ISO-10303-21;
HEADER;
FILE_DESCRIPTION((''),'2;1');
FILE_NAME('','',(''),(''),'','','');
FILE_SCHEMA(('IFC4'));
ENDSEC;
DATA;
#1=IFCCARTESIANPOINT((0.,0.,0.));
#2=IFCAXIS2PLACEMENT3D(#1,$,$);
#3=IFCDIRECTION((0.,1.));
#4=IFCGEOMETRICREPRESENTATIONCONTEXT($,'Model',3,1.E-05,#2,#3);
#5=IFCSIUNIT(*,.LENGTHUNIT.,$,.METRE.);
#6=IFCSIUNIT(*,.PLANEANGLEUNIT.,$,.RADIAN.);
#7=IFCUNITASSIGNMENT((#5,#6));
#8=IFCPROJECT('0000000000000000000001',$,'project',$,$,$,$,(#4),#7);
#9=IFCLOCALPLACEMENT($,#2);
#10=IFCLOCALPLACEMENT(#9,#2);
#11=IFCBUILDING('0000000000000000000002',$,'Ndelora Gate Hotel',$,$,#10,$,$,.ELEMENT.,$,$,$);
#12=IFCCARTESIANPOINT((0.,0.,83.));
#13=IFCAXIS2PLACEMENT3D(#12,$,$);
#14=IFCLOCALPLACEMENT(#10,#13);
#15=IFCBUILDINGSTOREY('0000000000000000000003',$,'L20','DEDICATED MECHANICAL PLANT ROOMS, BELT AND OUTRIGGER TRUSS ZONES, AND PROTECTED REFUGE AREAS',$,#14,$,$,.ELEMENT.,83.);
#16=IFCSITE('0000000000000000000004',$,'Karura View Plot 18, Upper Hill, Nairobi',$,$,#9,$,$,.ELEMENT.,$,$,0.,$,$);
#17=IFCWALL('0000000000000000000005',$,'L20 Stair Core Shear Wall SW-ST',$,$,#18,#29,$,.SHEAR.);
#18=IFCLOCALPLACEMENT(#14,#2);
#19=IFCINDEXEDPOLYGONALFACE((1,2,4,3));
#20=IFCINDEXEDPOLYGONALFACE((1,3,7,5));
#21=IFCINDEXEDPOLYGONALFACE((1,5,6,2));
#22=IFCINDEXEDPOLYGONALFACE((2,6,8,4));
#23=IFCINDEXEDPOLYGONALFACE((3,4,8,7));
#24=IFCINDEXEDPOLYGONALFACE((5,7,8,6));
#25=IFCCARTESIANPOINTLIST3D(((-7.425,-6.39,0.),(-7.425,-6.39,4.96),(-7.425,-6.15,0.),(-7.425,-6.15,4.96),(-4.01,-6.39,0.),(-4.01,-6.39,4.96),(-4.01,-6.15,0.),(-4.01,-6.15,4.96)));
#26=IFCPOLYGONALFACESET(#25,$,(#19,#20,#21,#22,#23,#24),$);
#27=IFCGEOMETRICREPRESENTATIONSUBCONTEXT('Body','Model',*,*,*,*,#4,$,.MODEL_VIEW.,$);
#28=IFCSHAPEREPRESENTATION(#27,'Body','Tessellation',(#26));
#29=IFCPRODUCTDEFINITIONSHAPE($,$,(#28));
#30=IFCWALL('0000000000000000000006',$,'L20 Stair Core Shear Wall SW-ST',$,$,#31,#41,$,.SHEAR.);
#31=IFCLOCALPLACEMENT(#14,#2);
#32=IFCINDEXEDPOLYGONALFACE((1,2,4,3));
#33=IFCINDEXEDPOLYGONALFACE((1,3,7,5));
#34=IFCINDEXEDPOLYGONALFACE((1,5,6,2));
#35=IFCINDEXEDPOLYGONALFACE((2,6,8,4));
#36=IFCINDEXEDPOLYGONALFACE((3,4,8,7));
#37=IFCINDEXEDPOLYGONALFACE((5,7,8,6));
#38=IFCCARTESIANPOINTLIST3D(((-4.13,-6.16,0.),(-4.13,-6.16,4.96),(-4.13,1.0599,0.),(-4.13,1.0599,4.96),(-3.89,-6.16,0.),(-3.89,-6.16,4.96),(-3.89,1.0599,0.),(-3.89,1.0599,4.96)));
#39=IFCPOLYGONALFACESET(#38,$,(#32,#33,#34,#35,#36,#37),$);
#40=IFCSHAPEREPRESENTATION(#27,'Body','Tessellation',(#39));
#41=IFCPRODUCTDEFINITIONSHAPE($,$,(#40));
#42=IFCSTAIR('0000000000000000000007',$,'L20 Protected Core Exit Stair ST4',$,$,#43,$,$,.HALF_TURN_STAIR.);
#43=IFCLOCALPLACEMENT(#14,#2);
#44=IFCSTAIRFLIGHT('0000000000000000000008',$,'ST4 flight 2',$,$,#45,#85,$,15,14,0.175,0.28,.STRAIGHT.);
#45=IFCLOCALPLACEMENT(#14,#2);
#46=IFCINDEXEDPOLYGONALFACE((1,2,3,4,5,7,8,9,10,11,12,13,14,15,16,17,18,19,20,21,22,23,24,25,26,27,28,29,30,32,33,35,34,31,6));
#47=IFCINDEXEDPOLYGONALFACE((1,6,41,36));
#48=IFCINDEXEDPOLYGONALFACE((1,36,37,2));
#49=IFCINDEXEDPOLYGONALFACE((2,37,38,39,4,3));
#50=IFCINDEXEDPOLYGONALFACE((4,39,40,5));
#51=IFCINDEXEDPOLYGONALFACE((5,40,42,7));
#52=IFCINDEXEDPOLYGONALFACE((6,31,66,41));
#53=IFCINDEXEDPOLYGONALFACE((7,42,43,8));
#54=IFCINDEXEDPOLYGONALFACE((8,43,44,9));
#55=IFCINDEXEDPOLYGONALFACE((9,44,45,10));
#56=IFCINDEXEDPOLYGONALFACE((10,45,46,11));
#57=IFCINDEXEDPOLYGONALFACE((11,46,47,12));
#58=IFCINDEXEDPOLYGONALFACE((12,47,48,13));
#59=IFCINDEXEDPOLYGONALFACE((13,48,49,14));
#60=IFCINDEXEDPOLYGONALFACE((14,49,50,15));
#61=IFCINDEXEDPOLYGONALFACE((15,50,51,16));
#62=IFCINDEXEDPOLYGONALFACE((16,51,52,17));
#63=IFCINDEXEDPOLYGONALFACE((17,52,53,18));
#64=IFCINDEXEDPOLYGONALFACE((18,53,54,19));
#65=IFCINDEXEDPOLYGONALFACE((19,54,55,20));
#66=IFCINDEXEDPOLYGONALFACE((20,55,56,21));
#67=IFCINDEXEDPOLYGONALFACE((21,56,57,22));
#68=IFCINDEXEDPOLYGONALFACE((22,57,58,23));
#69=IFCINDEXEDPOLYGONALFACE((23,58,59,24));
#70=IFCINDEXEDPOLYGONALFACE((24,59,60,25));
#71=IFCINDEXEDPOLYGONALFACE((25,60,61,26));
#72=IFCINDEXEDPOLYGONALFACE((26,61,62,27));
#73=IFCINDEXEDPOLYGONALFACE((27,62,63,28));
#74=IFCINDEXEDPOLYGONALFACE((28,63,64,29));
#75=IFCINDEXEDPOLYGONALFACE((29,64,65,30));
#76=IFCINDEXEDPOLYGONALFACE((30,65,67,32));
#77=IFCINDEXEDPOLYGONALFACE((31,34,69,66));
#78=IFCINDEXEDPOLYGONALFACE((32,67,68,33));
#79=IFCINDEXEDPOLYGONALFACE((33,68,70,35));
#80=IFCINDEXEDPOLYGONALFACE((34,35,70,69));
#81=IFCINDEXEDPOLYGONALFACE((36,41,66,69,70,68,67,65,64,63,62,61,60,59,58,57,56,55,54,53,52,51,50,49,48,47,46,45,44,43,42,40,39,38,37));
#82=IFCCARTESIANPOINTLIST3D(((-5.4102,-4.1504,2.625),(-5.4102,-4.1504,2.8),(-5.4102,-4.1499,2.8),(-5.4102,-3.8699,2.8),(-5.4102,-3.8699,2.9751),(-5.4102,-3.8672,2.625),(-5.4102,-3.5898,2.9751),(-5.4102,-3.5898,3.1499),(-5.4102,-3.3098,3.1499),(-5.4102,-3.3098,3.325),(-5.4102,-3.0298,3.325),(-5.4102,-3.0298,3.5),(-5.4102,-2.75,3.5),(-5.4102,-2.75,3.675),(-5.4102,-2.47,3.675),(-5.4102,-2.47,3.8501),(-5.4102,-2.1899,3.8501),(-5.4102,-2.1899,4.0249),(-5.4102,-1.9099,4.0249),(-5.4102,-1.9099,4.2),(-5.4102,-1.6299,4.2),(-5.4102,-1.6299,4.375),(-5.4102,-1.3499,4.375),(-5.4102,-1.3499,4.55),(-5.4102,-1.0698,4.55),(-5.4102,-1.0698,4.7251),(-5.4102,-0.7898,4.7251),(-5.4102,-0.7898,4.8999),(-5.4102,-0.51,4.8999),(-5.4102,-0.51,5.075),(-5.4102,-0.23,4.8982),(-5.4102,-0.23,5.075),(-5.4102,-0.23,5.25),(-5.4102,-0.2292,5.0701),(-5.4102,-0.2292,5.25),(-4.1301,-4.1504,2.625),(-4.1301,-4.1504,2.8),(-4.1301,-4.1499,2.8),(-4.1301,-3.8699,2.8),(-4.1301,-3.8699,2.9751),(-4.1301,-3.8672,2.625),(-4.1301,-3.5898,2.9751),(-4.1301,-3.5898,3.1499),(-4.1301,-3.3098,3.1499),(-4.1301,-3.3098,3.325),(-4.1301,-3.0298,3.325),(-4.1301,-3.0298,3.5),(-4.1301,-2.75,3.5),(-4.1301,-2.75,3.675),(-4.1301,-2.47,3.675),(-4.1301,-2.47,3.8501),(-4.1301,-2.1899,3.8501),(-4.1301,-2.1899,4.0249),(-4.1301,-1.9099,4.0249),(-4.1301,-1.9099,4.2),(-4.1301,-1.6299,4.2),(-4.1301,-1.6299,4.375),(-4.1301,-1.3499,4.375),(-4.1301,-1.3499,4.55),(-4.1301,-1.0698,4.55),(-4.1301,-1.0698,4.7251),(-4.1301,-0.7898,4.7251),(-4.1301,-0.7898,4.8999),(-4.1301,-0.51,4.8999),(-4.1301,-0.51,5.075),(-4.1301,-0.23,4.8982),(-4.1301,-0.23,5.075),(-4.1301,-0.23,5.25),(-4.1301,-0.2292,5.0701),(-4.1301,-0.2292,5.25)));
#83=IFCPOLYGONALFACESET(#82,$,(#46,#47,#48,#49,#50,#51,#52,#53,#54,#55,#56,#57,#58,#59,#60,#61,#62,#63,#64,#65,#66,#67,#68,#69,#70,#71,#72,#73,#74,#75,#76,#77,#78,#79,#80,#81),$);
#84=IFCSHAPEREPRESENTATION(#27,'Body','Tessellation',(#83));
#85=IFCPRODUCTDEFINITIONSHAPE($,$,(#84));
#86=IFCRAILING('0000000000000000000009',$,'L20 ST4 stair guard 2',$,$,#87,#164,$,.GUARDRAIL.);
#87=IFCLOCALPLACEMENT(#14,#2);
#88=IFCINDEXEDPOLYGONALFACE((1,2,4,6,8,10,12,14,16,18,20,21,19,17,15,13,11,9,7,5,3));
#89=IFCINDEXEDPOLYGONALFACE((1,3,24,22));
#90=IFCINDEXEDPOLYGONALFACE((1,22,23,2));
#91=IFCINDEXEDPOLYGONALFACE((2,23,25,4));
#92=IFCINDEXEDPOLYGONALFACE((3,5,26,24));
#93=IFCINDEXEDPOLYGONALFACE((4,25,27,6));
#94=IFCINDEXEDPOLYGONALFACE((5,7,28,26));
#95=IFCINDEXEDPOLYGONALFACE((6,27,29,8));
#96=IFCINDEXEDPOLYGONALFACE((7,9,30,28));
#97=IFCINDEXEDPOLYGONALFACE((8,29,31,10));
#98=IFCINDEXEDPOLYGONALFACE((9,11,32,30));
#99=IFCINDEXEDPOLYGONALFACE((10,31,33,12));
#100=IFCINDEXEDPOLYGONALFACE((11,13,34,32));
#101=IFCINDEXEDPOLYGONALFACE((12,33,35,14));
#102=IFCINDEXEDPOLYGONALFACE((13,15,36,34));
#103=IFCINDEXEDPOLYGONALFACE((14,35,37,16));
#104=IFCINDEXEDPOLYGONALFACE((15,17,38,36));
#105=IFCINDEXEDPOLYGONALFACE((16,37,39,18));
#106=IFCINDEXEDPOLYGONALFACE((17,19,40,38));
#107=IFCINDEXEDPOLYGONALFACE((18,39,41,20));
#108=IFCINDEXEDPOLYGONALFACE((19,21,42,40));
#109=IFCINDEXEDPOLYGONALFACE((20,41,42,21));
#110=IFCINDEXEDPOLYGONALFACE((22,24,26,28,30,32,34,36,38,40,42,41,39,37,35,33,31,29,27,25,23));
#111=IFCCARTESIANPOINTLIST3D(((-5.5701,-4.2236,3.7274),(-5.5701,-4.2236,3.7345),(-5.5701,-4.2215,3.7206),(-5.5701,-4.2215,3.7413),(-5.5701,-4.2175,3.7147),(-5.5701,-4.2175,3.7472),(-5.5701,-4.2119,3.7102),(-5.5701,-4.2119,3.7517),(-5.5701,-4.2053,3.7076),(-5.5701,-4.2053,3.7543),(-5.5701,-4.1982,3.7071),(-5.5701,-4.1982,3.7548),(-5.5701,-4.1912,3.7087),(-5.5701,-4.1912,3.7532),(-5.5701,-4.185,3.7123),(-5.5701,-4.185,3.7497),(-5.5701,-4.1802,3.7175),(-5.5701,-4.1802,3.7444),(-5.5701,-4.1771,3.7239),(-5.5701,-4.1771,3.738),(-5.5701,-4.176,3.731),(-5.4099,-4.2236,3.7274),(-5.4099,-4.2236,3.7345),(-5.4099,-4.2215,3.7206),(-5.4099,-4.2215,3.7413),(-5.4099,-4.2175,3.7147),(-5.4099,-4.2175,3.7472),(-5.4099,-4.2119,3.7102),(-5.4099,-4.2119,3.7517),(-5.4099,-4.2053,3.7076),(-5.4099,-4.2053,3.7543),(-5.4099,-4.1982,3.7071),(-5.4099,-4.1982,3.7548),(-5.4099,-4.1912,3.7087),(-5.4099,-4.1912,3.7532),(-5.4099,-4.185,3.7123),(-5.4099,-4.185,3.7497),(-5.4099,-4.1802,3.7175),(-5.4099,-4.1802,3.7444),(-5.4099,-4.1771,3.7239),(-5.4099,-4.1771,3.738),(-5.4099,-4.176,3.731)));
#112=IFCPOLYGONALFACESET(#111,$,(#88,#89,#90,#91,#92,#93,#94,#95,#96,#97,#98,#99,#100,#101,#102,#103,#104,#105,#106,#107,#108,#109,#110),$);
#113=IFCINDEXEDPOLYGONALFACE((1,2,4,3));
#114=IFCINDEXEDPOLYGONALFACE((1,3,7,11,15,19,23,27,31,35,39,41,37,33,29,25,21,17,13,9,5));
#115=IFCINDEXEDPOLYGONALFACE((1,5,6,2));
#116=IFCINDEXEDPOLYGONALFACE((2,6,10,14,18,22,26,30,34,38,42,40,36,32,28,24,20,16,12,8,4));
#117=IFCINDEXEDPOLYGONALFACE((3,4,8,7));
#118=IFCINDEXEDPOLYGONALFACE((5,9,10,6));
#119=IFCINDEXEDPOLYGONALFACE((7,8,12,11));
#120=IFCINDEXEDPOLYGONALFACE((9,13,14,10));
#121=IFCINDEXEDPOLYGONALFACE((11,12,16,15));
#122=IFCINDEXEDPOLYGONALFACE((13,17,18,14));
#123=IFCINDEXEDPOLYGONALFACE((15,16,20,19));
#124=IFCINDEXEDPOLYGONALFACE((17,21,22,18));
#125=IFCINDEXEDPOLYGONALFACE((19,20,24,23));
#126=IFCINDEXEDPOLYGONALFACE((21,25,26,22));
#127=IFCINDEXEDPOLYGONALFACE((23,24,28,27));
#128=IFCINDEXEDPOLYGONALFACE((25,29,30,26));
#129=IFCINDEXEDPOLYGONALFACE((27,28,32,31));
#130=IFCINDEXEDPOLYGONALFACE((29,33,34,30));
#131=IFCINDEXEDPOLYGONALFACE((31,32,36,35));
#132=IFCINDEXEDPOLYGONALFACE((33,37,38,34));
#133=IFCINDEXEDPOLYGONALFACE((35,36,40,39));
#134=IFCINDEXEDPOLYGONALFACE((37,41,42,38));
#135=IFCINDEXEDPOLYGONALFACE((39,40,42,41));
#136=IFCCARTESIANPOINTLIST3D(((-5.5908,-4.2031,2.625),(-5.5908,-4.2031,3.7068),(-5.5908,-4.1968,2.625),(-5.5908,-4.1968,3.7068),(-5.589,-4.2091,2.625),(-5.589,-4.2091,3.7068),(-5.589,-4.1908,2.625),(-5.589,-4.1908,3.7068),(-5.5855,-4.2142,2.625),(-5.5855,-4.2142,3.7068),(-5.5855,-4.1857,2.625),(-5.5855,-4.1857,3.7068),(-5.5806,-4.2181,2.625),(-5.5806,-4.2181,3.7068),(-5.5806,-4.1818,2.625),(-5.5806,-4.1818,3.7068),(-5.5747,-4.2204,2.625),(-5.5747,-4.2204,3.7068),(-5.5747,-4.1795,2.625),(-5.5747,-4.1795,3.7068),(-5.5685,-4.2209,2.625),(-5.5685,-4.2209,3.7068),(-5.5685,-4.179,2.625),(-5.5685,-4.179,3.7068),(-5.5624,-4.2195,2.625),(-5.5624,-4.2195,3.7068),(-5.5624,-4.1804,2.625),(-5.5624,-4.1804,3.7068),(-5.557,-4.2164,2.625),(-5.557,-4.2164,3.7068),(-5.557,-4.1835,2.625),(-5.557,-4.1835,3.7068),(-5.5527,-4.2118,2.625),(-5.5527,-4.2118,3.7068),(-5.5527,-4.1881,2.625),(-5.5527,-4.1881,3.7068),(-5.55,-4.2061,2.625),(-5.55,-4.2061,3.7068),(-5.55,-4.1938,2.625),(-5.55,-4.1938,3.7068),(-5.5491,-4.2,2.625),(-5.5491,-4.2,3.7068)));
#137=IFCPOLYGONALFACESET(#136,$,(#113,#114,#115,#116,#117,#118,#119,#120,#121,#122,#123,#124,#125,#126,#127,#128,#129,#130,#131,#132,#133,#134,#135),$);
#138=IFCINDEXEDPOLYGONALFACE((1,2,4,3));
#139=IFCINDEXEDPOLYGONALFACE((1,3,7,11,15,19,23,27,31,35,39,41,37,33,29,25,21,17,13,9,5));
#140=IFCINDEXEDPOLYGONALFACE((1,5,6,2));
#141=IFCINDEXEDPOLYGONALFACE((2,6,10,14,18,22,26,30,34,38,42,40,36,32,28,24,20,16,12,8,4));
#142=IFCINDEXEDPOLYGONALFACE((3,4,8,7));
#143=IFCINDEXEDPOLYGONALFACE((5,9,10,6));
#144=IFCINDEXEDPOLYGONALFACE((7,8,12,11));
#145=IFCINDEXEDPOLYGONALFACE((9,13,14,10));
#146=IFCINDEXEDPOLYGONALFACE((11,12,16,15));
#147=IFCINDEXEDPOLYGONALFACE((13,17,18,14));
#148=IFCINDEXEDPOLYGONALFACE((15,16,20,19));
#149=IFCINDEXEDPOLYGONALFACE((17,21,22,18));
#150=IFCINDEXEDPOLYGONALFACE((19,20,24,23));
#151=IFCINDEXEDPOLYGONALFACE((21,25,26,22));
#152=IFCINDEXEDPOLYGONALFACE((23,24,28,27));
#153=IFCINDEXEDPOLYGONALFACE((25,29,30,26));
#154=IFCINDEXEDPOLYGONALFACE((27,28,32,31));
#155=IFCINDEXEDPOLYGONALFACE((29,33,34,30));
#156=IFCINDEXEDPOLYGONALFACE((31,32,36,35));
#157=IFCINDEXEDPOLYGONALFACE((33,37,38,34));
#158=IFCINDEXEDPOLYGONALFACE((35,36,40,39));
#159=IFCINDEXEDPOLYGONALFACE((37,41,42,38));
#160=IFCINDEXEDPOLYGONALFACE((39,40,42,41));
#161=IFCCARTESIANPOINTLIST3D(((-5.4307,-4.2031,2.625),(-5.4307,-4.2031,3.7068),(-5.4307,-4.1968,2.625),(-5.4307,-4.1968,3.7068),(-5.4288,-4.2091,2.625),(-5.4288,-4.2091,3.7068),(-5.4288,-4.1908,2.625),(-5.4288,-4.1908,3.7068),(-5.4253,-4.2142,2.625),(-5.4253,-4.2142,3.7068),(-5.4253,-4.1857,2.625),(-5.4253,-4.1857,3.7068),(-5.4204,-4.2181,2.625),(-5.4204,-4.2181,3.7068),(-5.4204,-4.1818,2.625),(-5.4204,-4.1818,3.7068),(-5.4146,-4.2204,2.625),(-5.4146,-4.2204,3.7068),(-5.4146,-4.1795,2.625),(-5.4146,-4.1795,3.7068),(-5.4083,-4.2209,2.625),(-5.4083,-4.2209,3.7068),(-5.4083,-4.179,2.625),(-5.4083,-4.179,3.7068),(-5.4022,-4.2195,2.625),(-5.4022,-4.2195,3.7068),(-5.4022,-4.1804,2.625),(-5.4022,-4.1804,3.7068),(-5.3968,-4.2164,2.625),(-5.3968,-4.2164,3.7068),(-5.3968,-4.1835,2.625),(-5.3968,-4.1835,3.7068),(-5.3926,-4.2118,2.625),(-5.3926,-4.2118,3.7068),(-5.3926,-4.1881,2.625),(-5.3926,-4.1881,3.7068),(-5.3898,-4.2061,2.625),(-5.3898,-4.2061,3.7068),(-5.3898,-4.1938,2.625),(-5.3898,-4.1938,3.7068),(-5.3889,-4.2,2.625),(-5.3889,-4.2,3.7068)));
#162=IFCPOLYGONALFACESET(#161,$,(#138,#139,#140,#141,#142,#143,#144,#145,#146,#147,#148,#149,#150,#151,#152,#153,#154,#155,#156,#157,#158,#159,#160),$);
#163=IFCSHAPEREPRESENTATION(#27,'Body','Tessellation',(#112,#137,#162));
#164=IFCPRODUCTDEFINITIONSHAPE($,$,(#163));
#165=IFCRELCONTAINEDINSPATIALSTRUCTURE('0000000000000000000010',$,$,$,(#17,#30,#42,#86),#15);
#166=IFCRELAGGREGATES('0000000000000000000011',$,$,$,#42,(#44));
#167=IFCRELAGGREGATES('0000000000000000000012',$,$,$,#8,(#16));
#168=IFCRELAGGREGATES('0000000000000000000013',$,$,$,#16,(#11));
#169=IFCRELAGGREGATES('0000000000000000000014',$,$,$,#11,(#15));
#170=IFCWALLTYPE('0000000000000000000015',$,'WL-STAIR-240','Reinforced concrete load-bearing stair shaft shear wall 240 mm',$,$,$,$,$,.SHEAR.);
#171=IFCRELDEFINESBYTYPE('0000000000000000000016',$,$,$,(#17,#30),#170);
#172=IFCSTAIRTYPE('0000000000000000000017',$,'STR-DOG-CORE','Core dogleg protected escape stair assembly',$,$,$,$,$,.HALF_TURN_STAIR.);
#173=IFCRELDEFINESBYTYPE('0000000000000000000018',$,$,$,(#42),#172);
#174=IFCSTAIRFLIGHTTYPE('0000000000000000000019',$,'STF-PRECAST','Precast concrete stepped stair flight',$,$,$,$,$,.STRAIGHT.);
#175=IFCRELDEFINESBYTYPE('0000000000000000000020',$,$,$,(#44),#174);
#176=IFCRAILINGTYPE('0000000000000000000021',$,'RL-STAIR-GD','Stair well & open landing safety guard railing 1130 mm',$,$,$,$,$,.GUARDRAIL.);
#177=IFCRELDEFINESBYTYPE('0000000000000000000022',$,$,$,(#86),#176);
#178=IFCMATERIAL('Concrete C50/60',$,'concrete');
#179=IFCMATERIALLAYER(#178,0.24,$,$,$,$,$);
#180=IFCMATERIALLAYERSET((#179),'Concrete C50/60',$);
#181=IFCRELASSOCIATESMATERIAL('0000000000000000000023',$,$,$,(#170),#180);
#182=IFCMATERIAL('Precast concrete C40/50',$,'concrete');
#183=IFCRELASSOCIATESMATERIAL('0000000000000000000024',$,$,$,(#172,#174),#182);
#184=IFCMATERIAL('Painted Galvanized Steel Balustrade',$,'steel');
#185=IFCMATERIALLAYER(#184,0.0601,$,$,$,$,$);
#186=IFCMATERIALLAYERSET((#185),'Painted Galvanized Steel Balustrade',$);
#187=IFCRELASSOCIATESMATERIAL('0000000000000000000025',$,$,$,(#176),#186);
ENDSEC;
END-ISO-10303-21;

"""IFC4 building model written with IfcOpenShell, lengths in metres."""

from ifc_helpers import new_model, si_unit, direction, frame, frame_2d, origin, origin_2d, place, context, subcontext, project, spatial, polyline, rectangle, circle, outline, extrude, material, layer, layer_set, type_object, element, aggregate, save


model = new_model("IFC4")

# Units and contexts
model_context = context("Model", 3, precision=1e-05, world=origin(), true_north=direction((0.0, 1.0)))
body_context = subcontext(model_context, "Body", "Model", "MODEL_VIEW")
ifc_project = project(units=[si_unit("LENGTHUNIT", "METRE"), si_unit("PLANEANGLEUNIT", "RADIAN")], contexts=[model_context])

# Site, building, storey
site_placement = place(None, origin())
site = spatial("IfcSite", under=ifc_project, at=site_placement, Name="Karura View Plot 18, Upper Hill, Nairobi", CompositionType="ELEMENT", RefElevation=0.0)
building_placement = place(site_placement, origin())
building = spatial("IfcBuilding", under=site, at=building_placement, Name="Ndelora Gate Hotel", CompositionType="ELEMENT")
storey_placement = place(building_placement, frame((0.0, 0.0, 83.0)))
storey = spatial("IfcBuildingStorey", under=building, at=storey_placement, Name="L20", Description="DEDICATED MECHANICAL PLANT ROOMS, BELT AND OUTRIGGER TRUSS ZONES, AND PROTECTED REFUGE AREAS", CompositionType="ELEMENT", Elevation=83.0)

# Walls
ifc_material_1 = material(Name="Concrete C50/60", Category="concrete")
ifc_layer_1 = layer(ifc_material_1, 0.24)
ifc_layer_set_1 = layer_set([ifc_layer_1], Name="Concrete C50/60")
wall_type_1 = type_object("IfcWallType", Name="WL-STAIR-240", Description="Reinforced concrete load-bearing stair shaft shear wall 240 mm", PredefinedType="SHEAR", material=ifc_layer_set_1)
wall_1_placement = place(storey_placement, frame((-7.425, -6.27, 0.0), z_axis=(0.0, 0.0, 1.0), x_axis=(1.0, 0.0, 0.0)))
element("IfcWall", 1, at=wall_1_placement, inside=storey, type_object=wall_type_1, Name="L20 Stair Core Shear Wall SW-ST", PredefinedType="SHEAR", context=body_context, shape_type="SweptSolid", body=[
    extrude(rectangle(XDim=3.415, YDim=0.24, at=frame_2d((1.7075, 0.0))), origin(), (0.0, 0.0, 1.0), 4.96),
])
wall_2_placement = place(storey_placement, frame((-4.01, -6.1599, 0.0), z_axis=(0.0, 0.0, 1.0), x_axis=(0.0, 1.0, 0.0)))
element("IfcWall", 2, at=wall_2_placement, inside=storey, type_object=wall_type_1, Name="L20 Stair Core Shear Wall SW-ST", PredefinedType="SHEAR", context=body_context, shape_type="SweptSolid", body=[
    extrude(rectangle(XDim=7.22, YDim=0.24, at=frame_2d((3.6099, 0.0))), origin(), (0.0, 0.0, 1.0), 4.96),
])

# Stair, stair flight
ifc_material_2 = material(Name="Precast concrete C40/50", Category="concrete")
stair_type = type_object("IfcStairType", Name="STR-DOG-CORE", Description="Core dogleg protected escape stair assembly", PredefinedType="HALF_TURN_STAIR", material=ifc_material_2)
stair_placement = place(storey_placement, origin())
stair = element("IfcStair", 3, at=stair_placement, inside=storey, type_object=stair_type, Name="L20 Protected Core Exit Stair ST4", PredefinedType="HALF_TURN_STAIR")
stair_flight_type = type_object("IfcStairFlightType", Name="STF-PRECAST", Description="Precast concrete stepped stair flight", PredefinedType="STRAIGHT", material=ifc_material_2)
stair_flight_placement = place(storey_placement, frame((-4.77, -4.1499, 2.625), z_axis=(0.0, 0.0, 1.0), x_axis=(0.0, 1.0, 0.0)))
stair_flight = element("IfcStairFlight", 4, at=stair_flight_placement, type_object=stair_flight_type, Name="ST4 flight 2", NumberOfRisers=15, NumberOfTreads=14, PredefinedType="STRAIGHT", RiserHeight=0.175, TreadLength=0.28, context=body_context, shape_type="SweptSolid", body=[
    extrude(outline(polyline([(-0.0005, 0.0), (-0.0005, 0.175), (0.0, 0.175), (0.28, 0.175), (0.28, 0.3501), (0.5601, 0.3501), (0.5601, 0.5249), (0.8401, 0.5249), (0.8401, 0.7), (1.1201, 0.7), (1.1201, 0.875), (1.3999, 0.875), (1.3999, 1.05), (1.6799, 1.05), (1.6799, 1.2251), (1.96, 1.2251), (1.96, 1.3999), (2.24, 1.3999), (2.24, 1.575), (2.52, 1.575), (2.52, 1.75), (2.8, 1.75), (2.8, 1.925), (3.0801, 1.925), (3.0801, 2.1001), (3.3601, 2.1001), (3.3601, 2.2749), (3.6399, 2.2749), (3.6399, 2.45), (3.9199, 2.45), (3.9199, 2.625), (3.9207, 2.625), (3.9207, 2.4451), (3.9199, 2.2732), (0.2827, 0.0), (-0.0005, 0.0)])), frame((0.0, 0.6401, 0.0), z_axis=(0.0, -1.0, 0.0), x_axis=(1.0, 0.0, 0.0)), (0.0, 0.0, 1.0), 1.28),
])
aggregate(stair, [stair_flight])

# Railing
ifc_material_3 = material(Name="Painted Galvanized Steel Balustrade", Category="steel")
ifc_layer_2 = layer(ifc_material_3, 0.0601)
ifc_layer_set_2 = layer_set([ifc_layer_2], Name="Painted Galvanized Steel Balustrade")
railing_type_1 = type_object("IfcRailingType", Name="RL-STAIR-GD", Description="Stair well & open landing safety guard railing 1130 mm", PredefinedType="GUARDRAIL", material=ifc_layer_set_2)
railing_1_placement = place(storey_placement, frame((-5.5701, -4.2, 2.625)))
element("IfcRailing", 5, at=railing_1_placement, inside=storey, type_object=railing_type_1, Name="L20 ST4 stair guard 2", PredefinedType="GUARDRAIL", context=body_context, shape_type="SweptSolid", body=[
    extrude(circle(Radius=0.0239, at=origin_2d()), frame((0.0, 0.0, 1.106), z_axis=(1.0, 0.0, 0.0), x_axis=(0.0, 1.0, 0.0)), (0.0, 0.0, 1.0), 0.1602),
    extrude(circle(Radius=0.021, at=origin_2d()), origin(), (0.0, 0.0, 1.0), 1.0818),
    extrude(circle(Radius=0.021, at=origin_2d()), frame((0.1602, 0.0, 0.0)), (0.0, 0.0, 1.0), 1.0818),
])

save(model, "model.ifc")
